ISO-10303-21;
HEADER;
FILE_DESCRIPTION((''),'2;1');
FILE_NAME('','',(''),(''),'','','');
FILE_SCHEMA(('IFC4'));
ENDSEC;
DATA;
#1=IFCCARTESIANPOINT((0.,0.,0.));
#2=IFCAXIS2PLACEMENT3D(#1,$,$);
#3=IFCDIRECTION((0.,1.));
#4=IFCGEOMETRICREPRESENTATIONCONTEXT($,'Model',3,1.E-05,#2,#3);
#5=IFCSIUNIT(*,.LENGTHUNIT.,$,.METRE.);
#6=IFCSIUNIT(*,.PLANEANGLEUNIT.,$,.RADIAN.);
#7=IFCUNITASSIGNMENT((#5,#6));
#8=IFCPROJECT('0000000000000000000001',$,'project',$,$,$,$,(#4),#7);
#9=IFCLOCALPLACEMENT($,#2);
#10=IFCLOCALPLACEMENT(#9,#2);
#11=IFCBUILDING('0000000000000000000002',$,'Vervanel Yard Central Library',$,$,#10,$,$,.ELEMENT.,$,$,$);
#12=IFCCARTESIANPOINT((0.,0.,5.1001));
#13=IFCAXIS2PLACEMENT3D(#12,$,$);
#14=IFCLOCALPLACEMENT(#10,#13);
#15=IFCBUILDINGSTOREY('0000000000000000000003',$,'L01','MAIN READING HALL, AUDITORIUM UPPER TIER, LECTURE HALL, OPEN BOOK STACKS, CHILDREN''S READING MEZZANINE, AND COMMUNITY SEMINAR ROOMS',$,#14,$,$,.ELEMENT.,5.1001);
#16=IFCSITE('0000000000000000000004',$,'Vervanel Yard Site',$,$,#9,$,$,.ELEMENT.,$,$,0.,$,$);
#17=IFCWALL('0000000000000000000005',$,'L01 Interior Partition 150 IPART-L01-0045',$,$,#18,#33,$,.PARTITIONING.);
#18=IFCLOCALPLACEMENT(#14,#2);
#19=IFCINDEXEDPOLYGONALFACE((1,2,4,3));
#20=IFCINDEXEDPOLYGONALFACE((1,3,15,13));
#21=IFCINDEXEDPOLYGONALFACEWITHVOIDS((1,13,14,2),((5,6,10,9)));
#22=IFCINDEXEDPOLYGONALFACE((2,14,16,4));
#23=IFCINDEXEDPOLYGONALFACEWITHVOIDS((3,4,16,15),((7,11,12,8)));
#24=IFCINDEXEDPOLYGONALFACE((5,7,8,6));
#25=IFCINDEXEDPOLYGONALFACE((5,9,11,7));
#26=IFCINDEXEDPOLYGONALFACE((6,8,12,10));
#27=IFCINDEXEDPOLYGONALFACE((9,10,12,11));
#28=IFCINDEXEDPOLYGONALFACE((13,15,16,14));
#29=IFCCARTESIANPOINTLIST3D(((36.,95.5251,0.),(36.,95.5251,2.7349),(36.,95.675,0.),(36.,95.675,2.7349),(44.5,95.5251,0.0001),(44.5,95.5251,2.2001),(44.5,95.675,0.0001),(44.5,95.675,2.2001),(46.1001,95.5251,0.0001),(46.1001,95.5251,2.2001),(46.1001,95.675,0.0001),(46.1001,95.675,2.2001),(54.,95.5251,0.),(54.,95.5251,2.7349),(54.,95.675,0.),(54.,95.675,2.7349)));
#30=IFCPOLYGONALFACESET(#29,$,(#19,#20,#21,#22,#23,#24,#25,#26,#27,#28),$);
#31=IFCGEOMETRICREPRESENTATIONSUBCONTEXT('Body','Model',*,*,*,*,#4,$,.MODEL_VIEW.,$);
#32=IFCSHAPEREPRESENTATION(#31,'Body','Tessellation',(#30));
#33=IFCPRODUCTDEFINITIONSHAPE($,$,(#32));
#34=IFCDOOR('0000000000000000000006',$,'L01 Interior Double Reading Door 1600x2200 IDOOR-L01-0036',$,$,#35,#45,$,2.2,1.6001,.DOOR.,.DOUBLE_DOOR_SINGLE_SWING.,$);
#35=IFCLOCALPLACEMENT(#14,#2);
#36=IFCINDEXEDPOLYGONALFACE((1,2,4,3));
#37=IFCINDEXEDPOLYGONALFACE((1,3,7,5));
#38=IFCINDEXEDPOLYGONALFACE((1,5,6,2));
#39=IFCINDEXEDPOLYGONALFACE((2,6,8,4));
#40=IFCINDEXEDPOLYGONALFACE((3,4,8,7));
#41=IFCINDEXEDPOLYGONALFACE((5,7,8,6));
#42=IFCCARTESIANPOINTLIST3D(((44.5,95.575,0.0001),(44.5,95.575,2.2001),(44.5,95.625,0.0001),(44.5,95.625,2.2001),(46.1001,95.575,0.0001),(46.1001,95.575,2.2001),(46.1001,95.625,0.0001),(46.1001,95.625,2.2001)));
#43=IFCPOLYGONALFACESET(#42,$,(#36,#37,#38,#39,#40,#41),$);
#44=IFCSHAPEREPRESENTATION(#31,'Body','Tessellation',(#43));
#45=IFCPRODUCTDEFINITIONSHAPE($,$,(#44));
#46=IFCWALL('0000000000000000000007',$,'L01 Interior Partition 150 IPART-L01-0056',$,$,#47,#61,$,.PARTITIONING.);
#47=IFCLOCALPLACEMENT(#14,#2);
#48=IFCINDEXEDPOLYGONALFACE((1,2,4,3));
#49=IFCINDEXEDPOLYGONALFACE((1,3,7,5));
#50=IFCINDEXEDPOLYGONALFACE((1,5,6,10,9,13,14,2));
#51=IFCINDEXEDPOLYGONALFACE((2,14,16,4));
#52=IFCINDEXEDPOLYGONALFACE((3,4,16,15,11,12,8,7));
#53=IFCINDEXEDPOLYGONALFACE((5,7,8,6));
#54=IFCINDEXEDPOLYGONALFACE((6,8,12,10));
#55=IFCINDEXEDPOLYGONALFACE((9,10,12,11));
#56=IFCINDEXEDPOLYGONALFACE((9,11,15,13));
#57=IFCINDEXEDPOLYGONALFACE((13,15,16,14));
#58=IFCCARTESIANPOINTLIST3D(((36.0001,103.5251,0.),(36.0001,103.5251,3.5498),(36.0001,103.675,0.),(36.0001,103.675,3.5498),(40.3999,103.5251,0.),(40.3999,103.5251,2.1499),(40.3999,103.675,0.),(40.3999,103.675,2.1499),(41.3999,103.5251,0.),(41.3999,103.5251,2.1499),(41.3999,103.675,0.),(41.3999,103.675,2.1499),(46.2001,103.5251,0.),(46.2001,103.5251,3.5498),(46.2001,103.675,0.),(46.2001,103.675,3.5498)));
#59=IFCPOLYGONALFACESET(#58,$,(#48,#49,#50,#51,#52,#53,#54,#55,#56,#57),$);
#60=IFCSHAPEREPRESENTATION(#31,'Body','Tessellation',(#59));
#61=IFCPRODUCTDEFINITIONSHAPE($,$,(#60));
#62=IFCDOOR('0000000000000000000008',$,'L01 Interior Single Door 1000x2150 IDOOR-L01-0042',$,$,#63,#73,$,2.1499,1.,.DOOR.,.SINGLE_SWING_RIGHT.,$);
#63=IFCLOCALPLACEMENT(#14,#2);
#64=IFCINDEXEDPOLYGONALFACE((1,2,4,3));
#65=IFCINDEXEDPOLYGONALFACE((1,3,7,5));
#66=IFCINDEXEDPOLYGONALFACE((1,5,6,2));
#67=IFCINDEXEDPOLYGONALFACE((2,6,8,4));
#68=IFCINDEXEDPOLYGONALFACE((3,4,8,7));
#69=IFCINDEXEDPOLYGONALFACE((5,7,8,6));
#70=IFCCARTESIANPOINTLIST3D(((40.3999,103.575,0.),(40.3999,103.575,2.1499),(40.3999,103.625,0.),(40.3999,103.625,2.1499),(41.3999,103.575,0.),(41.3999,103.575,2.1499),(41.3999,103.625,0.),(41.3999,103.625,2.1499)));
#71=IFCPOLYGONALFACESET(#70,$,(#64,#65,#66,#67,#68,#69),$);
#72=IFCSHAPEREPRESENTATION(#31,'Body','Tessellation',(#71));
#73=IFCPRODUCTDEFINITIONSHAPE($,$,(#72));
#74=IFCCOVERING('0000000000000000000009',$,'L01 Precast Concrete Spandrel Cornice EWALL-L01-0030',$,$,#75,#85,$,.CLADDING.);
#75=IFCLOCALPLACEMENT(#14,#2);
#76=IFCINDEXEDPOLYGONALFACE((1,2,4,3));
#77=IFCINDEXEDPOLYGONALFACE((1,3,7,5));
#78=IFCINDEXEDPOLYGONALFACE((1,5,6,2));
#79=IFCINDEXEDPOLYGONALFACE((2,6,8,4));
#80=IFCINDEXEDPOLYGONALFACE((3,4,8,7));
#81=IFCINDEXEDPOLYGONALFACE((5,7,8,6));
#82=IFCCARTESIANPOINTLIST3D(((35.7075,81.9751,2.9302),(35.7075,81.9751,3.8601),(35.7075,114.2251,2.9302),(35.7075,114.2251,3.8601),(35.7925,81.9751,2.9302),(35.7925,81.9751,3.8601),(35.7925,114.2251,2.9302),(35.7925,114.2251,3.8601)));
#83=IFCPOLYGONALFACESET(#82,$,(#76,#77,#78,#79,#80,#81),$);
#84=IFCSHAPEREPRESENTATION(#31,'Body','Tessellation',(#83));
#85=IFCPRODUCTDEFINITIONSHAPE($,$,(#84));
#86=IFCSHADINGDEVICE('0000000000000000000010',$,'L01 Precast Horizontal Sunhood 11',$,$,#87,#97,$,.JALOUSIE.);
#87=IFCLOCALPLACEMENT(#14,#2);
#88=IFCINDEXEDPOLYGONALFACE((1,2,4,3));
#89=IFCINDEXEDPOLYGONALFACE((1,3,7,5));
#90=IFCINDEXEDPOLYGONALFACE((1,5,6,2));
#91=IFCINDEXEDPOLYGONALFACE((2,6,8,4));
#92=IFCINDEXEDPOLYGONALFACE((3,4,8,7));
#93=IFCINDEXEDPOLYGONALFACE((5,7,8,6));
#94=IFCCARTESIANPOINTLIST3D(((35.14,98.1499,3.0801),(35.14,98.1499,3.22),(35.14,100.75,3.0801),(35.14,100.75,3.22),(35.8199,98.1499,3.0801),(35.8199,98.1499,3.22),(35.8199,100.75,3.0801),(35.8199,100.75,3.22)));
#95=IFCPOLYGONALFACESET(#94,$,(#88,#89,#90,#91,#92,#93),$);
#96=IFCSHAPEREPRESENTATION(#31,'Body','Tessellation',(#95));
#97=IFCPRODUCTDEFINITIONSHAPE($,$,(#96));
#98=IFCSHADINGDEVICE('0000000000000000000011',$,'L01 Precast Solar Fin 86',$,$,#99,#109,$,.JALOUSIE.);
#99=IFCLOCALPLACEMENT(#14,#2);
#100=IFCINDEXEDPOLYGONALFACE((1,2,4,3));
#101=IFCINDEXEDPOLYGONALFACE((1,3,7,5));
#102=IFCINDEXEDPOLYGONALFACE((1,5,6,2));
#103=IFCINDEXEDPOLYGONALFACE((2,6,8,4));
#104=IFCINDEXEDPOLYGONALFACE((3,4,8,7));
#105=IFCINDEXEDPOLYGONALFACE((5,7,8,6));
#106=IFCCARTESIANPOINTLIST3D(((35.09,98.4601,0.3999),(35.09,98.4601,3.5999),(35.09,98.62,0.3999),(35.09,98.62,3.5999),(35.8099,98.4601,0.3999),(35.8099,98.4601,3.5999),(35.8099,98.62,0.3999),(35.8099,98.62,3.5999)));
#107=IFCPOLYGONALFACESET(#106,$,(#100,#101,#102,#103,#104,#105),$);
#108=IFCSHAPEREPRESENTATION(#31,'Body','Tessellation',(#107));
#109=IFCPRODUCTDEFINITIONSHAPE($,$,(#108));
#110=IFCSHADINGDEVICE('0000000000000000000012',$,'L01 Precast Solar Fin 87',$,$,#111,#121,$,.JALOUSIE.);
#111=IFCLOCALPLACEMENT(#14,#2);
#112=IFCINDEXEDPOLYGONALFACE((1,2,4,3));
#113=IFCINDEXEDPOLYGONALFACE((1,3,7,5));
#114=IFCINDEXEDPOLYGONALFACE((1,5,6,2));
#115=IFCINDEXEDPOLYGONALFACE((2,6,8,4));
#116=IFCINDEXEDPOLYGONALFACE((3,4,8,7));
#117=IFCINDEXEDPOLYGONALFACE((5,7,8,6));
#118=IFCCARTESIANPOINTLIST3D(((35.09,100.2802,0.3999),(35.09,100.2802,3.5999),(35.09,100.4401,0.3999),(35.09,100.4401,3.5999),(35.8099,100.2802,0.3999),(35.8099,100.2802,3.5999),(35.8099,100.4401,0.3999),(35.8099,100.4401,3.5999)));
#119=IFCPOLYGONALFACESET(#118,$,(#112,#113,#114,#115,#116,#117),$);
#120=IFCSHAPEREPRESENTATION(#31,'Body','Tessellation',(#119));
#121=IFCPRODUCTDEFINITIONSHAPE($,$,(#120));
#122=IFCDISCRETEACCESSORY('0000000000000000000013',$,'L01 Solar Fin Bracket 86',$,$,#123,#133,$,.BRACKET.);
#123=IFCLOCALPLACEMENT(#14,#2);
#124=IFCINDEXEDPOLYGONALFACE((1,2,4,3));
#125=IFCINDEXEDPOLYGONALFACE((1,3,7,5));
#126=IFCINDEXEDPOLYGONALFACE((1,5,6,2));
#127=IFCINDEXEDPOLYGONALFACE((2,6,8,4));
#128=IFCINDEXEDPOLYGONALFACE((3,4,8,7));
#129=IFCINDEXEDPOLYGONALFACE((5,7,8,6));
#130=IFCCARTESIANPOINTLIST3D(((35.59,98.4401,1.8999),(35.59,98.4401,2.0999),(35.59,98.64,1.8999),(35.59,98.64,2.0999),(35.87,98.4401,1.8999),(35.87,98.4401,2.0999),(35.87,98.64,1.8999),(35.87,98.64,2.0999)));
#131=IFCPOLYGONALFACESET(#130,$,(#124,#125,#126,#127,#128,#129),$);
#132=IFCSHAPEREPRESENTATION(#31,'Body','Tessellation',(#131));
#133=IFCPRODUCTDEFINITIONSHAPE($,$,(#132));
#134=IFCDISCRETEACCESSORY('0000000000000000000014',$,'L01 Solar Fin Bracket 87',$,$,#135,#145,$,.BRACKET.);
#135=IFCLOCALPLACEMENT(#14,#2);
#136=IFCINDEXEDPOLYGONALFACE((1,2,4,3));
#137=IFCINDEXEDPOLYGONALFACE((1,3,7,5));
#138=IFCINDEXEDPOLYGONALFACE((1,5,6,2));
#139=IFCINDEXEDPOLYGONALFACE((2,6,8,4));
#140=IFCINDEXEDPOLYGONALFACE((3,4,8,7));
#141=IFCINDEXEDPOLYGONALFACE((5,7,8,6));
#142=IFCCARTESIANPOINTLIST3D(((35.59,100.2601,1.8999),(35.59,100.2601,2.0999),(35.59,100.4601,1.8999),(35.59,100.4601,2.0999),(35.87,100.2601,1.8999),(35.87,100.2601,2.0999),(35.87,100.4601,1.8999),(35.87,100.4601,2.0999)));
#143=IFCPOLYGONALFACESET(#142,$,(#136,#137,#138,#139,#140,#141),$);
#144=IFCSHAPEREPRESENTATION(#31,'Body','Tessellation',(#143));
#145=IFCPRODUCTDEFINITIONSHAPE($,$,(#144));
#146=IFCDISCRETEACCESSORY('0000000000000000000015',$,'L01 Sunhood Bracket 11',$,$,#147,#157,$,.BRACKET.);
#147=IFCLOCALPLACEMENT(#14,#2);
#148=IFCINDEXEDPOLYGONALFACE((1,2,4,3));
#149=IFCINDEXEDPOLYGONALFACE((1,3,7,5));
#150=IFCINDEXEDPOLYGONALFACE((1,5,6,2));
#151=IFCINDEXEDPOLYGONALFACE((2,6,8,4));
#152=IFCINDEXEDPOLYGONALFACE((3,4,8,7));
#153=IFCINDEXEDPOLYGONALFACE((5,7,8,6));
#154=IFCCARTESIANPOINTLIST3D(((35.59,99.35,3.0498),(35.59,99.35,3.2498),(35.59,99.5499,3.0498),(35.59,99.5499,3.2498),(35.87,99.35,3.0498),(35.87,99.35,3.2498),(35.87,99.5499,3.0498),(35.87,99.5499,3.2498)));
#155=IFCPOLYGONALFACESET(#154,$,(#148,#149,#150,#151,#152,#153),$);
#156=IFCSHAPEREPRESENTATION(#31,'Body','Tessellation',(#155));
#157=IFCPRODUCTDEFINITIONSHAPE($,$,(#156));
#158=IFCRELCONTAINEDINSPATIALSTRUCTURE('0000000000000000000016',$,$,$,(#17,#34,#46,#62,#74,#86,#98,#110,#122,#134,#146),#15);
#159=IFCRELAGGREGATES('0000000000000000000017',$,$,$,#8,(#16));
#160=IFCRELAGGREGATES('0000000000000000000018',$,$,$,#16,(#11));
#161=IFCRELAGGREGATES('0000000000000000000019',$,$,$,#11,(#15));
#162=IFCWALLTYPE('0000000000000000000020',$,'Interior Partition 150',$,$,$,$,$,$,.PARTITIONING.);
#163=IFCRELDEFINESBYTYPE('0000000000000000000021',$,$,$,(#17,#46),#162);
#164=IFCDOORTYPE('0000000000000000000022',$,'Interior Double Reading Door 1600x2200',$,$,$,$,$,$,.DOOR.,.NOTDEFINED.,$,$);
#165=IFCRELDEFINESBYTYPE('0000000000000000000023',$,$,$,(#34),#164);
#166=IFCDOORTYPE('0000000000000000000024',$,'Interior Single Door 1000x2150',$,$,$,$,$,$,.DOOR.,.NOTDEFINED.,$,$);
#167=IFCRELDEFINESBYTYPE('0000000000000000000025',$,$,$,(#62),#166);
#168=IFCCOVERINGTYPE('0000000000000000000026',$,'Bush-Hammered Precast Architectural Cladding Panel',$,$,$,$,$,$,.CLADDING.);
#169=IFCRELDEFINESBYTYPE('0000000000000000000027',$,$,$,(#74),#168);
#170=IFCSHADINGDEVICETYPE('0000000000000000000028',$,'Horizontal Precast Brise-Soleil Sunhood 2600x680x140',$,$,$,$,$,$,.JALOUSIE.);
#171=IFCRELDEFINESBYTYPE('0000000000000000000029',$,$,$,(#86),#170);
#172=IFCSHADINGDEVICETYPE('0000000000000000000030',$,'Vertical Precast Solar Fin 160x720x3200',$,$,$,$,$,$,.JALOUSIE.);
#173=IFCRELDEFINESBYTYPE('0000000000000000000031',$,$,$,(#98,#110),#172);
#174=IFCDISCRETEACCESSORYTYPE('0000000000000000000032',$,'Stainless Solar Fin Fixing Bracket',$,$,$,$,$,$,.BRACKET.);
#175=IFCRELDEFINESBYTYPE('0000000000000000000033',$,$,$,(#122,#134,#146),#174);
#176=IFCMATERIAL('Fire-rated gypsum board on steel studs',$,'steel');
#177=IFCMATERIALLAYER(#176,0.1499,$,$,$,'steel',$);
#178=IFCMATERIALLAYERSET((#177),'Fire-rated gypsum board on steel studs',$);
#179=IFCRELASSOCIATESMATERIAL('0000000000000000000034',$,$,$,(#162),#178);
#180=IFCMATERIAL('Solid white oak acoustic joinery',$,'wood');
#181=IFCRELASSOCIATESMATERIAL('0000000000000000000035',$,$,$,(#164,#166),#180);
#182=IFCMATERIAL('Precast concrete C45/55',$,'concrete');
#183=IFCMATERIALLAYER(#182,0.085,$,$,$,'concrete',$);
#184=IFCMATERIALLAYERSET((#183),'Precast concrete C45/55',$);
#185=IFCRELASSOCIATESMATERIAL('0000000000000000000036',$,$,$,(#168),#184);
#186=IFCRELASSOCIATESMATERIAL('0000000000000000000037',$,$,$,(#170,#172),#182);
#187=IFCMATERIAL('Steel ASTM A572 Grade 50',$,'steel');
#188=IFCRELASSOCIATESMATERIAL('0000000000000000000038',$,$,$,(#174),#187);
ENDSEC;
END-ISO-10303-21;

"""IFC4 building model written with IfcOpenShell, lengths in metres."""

from ifc_helpers import new_model, si_unit, direction, frame, frame_2d, origin, origin_2d, place, context, subcontext, project, spatial, rectangle, extrude, material, layer, layer_set, type_object, element, fill, save


model = new_model("IFC4")

# Units and contexts
model_context = context("Model", 3, precision=1e-05, world=origin(), true_north=direction((0.0, 1.0)))
body_context = subcontext(model_context, "Body", "Model", "MODEL_VIEW")
ifc_project = project(units=[si_unit("LENGTHUNIT", "METRE"), si_unit("PLANEANGLEUNIT", "RADIAN")], contexts=[model_context])

# Site, building, storey
site_placement = place(None, origin())
site = spatial("IfcSite", under=ifc_project, at=site_placement, Name="Vervanel Yard Site", CompositionType="ELEMENT", RefElevation=0.0)
building_placement = place(site_placement, origin())
building = spatial("IfcBuilding", under=site, at=building_placement, Name="Vervanel Yard Central Library", CompositionType="ELEMENT")
storey_placement = place(building_placement, frame((0.0, 0.0, 5.1001)))
storey = spatial("IfcBuildingStorey", under=building, at=storey_placement, Name="L01", Description="MAIN READING HALL, AUDITORIUM UPPER TIER, LECTURE HALL, OPEN BOOK STACKS, CHILDREN'S READING MEZZANINE, AND COMMUNITY SEMINAR ROOMS", CompositionType="ELEMENT", Elevation=5.1001)

# Walls, openings, doors
ifc_material_1 = material(Name="Fire-rated gypsum board on steel studs", Category="steel")
ifc_layer_1 = layer(ifc_material_1, 0.1499, Category="steel")
ifc_layer_set_1 = layer_set([ifc_layer_1], Name="Fire-rated gypsum board on steel studs")
wall_type = type_object("IfcWallType", Name="Interior Partition 150", PredefinedType="PARTITIONING", material=ifc_layer_set_1)
wall_1_placement = place(storey_placement, frame((36.0, 95.6001, 0.0), z_axis=(0.0, 0.0, 1.0), x_axis=(1.0, 0.0, 0.0)))
wall_1 = element("IfcWall", 1, at=wall_1_placement, inside=storey, type_object=wall_type, Name="L01 Interior Partition 150 IPART-L01-0045", PredefinedType="PARTITIONING", context=body_context, shape_type="SweptSolid", body=[
    extrude(rectangle(XDim=18.0, YDim=0.1499, at=frame_2d((9.0, 0.0))), origin(), (0.0, 0.0, 1.0), 2.7349),
])
opening_1_placement = place(wall_1_placement, frame((8.5, 0.0, 0.0)))
opening_1 = element("IfcOpeningElement", 2, at=opening_1_placement, cuts=wall_1, PredefinedType="OPENING", context=body_context, shape_type="SweptSolid", body=[
    extrude(rectangle(XDim=1.6001, YDim=2.2, at=frame_2d((0.8, 1.1001))), frame((0.0, 0.085, 0.0), z_axis=(0.0, -1.0, 0.0), x_axis=(1.0, 0.0, 0.0)), (0.0, 0.0, 1.0), 0.1699),
])
ifc_material_2 = material(Name="Solid white oak acoustic joinery", Category="wood")
door_type_1 = type_object("IfcDoorType", Name="Interior Double Reading Door 1600x2200", OperationType="NOTDEFINED", PredefinedType="DOOR", material=ifc_material_2)
door_1_placement = place(opening_1_placement, origin())
door_1 = element("IfcDoor", 3, at=door_1_placement, inside=storey, type_object=door_type_1, Name="L01 Interior Double Reading Door 1600x2200 IDOOR-L01-0036", OperationType="DOUBLE_DOOR_SINGLE_SWING", OverallHeight=2.2, OverallWidth=1.6001, PredefinedType="DOOR", context=body_context, shape_type="SweptSolid", body=[
    extrude(rectangle(XDim=1.6001, YDim=2.2, at=frame_2d((0.8, 1.1001))), frame((0.0, 0.0249, 0.0), z_axis=(0.0, -1.0, 0.0), x_axis=(1.0, 0.0, 0.0)), (0.0, 0.0, 1.0), 0.05),
])
fill(opening_1, door_1)
wall_2_placement = place(storey_placement, frame((36.0, 103.6001, 0.0), z_axis=(0.0, 0.0, 1.0), x_axis=(1.0, 0.0, 0.0)))
wall_2 = element("IfcWall", 4, at=wall_2_placement, inside=storey, type_object=wall_type, Name="L01 Interior Partition 150 IPART-L01-0056", PredefinedType="PARTITIONING", context=body_context, shape_type="SweptSolid", body=[
    extrude(rectangle(XDim=10.2, YDim=0.1499, at=frame_2d((5.1001, 0.0))), origin(), (0.0, 0.0, 1.0), 3.5498),
])
opening_2_placement = place(wall_2_placement, frame((4.3999, 0.0, 0.0)))
opening_2 = element("IfcOpeningElement", 5, at=opening_2_placement, cuts=wall_2, PredefinedType="OPENING", context=body_context, shape_type="SweptSolid", body=[
    extrude(rectangle(XDim=1.0, YDim=2.1499, at=frame_2d((0.5, 1.075))), frame((0.0, 0.085, 0.0), z_axis=(0.0, -1.0, 0.0), x_axis=(1.0, 0.0, 0.0)), (0.0, 0.0, 1.0), 0.1699),
])
door_type_2 = type_object("IfcDoorType", Name="Interior Single Door 1000x2150", OperationType="NOTDEFINED", PredefinedType="DOOR", material=ifc_material_2)
door_2_placement = place(opening_2_placement, origin())
door_2 = element("IfcDoor", 6, at=door_2_placement, inside=storey, type_object=door_type_2, Name="L01 Interior Single Door 1000x2150 IDOOR-L01-0042", OperationType="SINGLE_SWING_RIGHT", OverallHeight=2.1499, OverallWidth=1.0, PredefinedType="DOOR", context=body_context, shape_type="SweptSolid", body=[
    extrude(rectangle(XDim=1.0, YDim=2.1499, at=frame_2d((0.5, 1.075))), frame((0.0, 0.0249, 0.0), z_axis=(0.0, -1.0, 0.0), x_axis=(1.0, 0.0, 0.0)), (0.0, 0.0, 1.0), 0.05),
])
fill(opening_2, door_2)

# Covering
ifc_material_3 = material(Name="Precast concrete C45/55", Category="concrete")
ifc_layer_2 = layer(ifc_material_3, 0.085, Category="concrete")
ifc_layer_set_2 = layer_set([ifc_layer_2], Name="Precast concrete C45/55")
covering_type = type_object("IfcCoveringType", Name="Bush-Hammered Precast Architectural Cladding Panel", PredefinedType="CLADDING", material=ifc_layer_set_2)
covering_placement = place(storey_placement, frame((35.75, 98.1001, 2.9302), z_axis=(0.0, 0.0, 1.0), x_axis=(0.0, 1.0, 0.0)))
element("IfcCovering", 7, at=covering_placement, inside=storey, type_object=covering_type, Name="L01 Precast Concrete Spandrel Cornice EWALL-L01-0030", PredefinedType="CLADDING", context=body_context, shape_type="SweptSolid", body=[
    extrude(rectangle(XDim=32.25, YDim=0.085, at=origin_2d()), origin(), (0.0, 0.0, 1.0), 0.9299),
])

# Shading devices
shading_device_type_1 = type_object("IfcShadingDeviceType", Name="Horizontal Precast Brise-Soleil Sunhood 2600x680x140", PredefinedType="JALOUSIE", material=ifc_material_3)
shading_device_placement = place(storey_placement, frame((35.48, 99.45, 3.0801), z_axis=(0.0, 0.0, 1.0), x_axis=(0.0, 1.0, 0.0)))
element("IfcShadingDevice", 8, at=shading_device_placement, inside=storey, type_object=shading_device_type_1, Name="L01 Precast Horizontal Sunhood 11", PredefinedType="JALOUSIE", context=body_context, shape_type="SweptSolid", body=[
    extrude(rectangle(XDim=2.6001, YDim=0.6799, at=origin_2d()), origin(), (0.0, 0.0, 1.0), 0.1399),
])
shading_device_type_2 = type_object("IfcShadingDeviceType", Name="Vertical Precast Solar Fin 160x720x3200", PredefinedType="JALOUSIE", material=ifc_material_3)
for number, where, z_axis, x_axis, name in (
    (9, (35.45, 98.54, 0.3999), (0.0, 0.0, 1.0), (0.0, 1.0, 0.0), "L01 Precast Solar Fin 86"),
    (10, (35.45, 100.3601, 0.3999), (0.0, 0.0, 1.0), (0.0, 1.0, 0.0), "L01 Precast Solar Fin 87"),
):
    element("IfcShadingDevice", number, at=place(storey_placement, frame(where, z_axis=z_axis, x_axis=x_axis)), inside=storey, type_object=shading_device_type_2, Name=name, PredefinedType="JALOUSIE", context=body_context, shape_type="SweptSolid", body=[
        extrude(rectangle(XDim=0.1599, YDim=0.72, at=origin_2d()), origin(), (0.0, 0.0, 1.0), 3.2),
    ])

# Discrete accessories
ifc_material_4 = material(Name="Steel ASTM A572 Grade 50", Category="steel")
discrete_accessory_type = type_object("IfcDiscreteAccessoryType", Name="Stainless Solar Fin Fixing Bracket", PredefinedType="BRACKET", material=ifc_material_4)
for number, where, z_axis, x_axis, name in (
    (11, (35.73, 98.54, 1.8999), (0.0, 0.0, 1.0), (0.0, 1.0, 0.0), "L01 Solar Fin Bracket 86"),
    (12, (35.73, 100.3601, 1.8999), (0.0, 0.0, 1.0), (0.0, 1.0, 0.0), "L01 Solar Fin Bracket 87"),
    (13, (35.73, 99.45, 3.0498), (0.0, 0.0, 1.0), (0.0, 1.0, 0.0), "L01 Sunhood Bracket 11"),
):
    element("IfcDiscreteAccessory", number, at=place(storey_placement, frame(where, z_axis=z_axis, x_axis=x_axis)), inside=storey, type_object=discrete_accessory_type, Name=name, PredefinedType="BRACKET", context=body_context, shape_type="SweptSolid", body=[
        extrude(rectangle(XDim=0.2, YDim=0.28, at=origin_2d()), origin(), (0.0, 0.0, 1.0), 0.2),
    ])

save(model, "model.ifc")
